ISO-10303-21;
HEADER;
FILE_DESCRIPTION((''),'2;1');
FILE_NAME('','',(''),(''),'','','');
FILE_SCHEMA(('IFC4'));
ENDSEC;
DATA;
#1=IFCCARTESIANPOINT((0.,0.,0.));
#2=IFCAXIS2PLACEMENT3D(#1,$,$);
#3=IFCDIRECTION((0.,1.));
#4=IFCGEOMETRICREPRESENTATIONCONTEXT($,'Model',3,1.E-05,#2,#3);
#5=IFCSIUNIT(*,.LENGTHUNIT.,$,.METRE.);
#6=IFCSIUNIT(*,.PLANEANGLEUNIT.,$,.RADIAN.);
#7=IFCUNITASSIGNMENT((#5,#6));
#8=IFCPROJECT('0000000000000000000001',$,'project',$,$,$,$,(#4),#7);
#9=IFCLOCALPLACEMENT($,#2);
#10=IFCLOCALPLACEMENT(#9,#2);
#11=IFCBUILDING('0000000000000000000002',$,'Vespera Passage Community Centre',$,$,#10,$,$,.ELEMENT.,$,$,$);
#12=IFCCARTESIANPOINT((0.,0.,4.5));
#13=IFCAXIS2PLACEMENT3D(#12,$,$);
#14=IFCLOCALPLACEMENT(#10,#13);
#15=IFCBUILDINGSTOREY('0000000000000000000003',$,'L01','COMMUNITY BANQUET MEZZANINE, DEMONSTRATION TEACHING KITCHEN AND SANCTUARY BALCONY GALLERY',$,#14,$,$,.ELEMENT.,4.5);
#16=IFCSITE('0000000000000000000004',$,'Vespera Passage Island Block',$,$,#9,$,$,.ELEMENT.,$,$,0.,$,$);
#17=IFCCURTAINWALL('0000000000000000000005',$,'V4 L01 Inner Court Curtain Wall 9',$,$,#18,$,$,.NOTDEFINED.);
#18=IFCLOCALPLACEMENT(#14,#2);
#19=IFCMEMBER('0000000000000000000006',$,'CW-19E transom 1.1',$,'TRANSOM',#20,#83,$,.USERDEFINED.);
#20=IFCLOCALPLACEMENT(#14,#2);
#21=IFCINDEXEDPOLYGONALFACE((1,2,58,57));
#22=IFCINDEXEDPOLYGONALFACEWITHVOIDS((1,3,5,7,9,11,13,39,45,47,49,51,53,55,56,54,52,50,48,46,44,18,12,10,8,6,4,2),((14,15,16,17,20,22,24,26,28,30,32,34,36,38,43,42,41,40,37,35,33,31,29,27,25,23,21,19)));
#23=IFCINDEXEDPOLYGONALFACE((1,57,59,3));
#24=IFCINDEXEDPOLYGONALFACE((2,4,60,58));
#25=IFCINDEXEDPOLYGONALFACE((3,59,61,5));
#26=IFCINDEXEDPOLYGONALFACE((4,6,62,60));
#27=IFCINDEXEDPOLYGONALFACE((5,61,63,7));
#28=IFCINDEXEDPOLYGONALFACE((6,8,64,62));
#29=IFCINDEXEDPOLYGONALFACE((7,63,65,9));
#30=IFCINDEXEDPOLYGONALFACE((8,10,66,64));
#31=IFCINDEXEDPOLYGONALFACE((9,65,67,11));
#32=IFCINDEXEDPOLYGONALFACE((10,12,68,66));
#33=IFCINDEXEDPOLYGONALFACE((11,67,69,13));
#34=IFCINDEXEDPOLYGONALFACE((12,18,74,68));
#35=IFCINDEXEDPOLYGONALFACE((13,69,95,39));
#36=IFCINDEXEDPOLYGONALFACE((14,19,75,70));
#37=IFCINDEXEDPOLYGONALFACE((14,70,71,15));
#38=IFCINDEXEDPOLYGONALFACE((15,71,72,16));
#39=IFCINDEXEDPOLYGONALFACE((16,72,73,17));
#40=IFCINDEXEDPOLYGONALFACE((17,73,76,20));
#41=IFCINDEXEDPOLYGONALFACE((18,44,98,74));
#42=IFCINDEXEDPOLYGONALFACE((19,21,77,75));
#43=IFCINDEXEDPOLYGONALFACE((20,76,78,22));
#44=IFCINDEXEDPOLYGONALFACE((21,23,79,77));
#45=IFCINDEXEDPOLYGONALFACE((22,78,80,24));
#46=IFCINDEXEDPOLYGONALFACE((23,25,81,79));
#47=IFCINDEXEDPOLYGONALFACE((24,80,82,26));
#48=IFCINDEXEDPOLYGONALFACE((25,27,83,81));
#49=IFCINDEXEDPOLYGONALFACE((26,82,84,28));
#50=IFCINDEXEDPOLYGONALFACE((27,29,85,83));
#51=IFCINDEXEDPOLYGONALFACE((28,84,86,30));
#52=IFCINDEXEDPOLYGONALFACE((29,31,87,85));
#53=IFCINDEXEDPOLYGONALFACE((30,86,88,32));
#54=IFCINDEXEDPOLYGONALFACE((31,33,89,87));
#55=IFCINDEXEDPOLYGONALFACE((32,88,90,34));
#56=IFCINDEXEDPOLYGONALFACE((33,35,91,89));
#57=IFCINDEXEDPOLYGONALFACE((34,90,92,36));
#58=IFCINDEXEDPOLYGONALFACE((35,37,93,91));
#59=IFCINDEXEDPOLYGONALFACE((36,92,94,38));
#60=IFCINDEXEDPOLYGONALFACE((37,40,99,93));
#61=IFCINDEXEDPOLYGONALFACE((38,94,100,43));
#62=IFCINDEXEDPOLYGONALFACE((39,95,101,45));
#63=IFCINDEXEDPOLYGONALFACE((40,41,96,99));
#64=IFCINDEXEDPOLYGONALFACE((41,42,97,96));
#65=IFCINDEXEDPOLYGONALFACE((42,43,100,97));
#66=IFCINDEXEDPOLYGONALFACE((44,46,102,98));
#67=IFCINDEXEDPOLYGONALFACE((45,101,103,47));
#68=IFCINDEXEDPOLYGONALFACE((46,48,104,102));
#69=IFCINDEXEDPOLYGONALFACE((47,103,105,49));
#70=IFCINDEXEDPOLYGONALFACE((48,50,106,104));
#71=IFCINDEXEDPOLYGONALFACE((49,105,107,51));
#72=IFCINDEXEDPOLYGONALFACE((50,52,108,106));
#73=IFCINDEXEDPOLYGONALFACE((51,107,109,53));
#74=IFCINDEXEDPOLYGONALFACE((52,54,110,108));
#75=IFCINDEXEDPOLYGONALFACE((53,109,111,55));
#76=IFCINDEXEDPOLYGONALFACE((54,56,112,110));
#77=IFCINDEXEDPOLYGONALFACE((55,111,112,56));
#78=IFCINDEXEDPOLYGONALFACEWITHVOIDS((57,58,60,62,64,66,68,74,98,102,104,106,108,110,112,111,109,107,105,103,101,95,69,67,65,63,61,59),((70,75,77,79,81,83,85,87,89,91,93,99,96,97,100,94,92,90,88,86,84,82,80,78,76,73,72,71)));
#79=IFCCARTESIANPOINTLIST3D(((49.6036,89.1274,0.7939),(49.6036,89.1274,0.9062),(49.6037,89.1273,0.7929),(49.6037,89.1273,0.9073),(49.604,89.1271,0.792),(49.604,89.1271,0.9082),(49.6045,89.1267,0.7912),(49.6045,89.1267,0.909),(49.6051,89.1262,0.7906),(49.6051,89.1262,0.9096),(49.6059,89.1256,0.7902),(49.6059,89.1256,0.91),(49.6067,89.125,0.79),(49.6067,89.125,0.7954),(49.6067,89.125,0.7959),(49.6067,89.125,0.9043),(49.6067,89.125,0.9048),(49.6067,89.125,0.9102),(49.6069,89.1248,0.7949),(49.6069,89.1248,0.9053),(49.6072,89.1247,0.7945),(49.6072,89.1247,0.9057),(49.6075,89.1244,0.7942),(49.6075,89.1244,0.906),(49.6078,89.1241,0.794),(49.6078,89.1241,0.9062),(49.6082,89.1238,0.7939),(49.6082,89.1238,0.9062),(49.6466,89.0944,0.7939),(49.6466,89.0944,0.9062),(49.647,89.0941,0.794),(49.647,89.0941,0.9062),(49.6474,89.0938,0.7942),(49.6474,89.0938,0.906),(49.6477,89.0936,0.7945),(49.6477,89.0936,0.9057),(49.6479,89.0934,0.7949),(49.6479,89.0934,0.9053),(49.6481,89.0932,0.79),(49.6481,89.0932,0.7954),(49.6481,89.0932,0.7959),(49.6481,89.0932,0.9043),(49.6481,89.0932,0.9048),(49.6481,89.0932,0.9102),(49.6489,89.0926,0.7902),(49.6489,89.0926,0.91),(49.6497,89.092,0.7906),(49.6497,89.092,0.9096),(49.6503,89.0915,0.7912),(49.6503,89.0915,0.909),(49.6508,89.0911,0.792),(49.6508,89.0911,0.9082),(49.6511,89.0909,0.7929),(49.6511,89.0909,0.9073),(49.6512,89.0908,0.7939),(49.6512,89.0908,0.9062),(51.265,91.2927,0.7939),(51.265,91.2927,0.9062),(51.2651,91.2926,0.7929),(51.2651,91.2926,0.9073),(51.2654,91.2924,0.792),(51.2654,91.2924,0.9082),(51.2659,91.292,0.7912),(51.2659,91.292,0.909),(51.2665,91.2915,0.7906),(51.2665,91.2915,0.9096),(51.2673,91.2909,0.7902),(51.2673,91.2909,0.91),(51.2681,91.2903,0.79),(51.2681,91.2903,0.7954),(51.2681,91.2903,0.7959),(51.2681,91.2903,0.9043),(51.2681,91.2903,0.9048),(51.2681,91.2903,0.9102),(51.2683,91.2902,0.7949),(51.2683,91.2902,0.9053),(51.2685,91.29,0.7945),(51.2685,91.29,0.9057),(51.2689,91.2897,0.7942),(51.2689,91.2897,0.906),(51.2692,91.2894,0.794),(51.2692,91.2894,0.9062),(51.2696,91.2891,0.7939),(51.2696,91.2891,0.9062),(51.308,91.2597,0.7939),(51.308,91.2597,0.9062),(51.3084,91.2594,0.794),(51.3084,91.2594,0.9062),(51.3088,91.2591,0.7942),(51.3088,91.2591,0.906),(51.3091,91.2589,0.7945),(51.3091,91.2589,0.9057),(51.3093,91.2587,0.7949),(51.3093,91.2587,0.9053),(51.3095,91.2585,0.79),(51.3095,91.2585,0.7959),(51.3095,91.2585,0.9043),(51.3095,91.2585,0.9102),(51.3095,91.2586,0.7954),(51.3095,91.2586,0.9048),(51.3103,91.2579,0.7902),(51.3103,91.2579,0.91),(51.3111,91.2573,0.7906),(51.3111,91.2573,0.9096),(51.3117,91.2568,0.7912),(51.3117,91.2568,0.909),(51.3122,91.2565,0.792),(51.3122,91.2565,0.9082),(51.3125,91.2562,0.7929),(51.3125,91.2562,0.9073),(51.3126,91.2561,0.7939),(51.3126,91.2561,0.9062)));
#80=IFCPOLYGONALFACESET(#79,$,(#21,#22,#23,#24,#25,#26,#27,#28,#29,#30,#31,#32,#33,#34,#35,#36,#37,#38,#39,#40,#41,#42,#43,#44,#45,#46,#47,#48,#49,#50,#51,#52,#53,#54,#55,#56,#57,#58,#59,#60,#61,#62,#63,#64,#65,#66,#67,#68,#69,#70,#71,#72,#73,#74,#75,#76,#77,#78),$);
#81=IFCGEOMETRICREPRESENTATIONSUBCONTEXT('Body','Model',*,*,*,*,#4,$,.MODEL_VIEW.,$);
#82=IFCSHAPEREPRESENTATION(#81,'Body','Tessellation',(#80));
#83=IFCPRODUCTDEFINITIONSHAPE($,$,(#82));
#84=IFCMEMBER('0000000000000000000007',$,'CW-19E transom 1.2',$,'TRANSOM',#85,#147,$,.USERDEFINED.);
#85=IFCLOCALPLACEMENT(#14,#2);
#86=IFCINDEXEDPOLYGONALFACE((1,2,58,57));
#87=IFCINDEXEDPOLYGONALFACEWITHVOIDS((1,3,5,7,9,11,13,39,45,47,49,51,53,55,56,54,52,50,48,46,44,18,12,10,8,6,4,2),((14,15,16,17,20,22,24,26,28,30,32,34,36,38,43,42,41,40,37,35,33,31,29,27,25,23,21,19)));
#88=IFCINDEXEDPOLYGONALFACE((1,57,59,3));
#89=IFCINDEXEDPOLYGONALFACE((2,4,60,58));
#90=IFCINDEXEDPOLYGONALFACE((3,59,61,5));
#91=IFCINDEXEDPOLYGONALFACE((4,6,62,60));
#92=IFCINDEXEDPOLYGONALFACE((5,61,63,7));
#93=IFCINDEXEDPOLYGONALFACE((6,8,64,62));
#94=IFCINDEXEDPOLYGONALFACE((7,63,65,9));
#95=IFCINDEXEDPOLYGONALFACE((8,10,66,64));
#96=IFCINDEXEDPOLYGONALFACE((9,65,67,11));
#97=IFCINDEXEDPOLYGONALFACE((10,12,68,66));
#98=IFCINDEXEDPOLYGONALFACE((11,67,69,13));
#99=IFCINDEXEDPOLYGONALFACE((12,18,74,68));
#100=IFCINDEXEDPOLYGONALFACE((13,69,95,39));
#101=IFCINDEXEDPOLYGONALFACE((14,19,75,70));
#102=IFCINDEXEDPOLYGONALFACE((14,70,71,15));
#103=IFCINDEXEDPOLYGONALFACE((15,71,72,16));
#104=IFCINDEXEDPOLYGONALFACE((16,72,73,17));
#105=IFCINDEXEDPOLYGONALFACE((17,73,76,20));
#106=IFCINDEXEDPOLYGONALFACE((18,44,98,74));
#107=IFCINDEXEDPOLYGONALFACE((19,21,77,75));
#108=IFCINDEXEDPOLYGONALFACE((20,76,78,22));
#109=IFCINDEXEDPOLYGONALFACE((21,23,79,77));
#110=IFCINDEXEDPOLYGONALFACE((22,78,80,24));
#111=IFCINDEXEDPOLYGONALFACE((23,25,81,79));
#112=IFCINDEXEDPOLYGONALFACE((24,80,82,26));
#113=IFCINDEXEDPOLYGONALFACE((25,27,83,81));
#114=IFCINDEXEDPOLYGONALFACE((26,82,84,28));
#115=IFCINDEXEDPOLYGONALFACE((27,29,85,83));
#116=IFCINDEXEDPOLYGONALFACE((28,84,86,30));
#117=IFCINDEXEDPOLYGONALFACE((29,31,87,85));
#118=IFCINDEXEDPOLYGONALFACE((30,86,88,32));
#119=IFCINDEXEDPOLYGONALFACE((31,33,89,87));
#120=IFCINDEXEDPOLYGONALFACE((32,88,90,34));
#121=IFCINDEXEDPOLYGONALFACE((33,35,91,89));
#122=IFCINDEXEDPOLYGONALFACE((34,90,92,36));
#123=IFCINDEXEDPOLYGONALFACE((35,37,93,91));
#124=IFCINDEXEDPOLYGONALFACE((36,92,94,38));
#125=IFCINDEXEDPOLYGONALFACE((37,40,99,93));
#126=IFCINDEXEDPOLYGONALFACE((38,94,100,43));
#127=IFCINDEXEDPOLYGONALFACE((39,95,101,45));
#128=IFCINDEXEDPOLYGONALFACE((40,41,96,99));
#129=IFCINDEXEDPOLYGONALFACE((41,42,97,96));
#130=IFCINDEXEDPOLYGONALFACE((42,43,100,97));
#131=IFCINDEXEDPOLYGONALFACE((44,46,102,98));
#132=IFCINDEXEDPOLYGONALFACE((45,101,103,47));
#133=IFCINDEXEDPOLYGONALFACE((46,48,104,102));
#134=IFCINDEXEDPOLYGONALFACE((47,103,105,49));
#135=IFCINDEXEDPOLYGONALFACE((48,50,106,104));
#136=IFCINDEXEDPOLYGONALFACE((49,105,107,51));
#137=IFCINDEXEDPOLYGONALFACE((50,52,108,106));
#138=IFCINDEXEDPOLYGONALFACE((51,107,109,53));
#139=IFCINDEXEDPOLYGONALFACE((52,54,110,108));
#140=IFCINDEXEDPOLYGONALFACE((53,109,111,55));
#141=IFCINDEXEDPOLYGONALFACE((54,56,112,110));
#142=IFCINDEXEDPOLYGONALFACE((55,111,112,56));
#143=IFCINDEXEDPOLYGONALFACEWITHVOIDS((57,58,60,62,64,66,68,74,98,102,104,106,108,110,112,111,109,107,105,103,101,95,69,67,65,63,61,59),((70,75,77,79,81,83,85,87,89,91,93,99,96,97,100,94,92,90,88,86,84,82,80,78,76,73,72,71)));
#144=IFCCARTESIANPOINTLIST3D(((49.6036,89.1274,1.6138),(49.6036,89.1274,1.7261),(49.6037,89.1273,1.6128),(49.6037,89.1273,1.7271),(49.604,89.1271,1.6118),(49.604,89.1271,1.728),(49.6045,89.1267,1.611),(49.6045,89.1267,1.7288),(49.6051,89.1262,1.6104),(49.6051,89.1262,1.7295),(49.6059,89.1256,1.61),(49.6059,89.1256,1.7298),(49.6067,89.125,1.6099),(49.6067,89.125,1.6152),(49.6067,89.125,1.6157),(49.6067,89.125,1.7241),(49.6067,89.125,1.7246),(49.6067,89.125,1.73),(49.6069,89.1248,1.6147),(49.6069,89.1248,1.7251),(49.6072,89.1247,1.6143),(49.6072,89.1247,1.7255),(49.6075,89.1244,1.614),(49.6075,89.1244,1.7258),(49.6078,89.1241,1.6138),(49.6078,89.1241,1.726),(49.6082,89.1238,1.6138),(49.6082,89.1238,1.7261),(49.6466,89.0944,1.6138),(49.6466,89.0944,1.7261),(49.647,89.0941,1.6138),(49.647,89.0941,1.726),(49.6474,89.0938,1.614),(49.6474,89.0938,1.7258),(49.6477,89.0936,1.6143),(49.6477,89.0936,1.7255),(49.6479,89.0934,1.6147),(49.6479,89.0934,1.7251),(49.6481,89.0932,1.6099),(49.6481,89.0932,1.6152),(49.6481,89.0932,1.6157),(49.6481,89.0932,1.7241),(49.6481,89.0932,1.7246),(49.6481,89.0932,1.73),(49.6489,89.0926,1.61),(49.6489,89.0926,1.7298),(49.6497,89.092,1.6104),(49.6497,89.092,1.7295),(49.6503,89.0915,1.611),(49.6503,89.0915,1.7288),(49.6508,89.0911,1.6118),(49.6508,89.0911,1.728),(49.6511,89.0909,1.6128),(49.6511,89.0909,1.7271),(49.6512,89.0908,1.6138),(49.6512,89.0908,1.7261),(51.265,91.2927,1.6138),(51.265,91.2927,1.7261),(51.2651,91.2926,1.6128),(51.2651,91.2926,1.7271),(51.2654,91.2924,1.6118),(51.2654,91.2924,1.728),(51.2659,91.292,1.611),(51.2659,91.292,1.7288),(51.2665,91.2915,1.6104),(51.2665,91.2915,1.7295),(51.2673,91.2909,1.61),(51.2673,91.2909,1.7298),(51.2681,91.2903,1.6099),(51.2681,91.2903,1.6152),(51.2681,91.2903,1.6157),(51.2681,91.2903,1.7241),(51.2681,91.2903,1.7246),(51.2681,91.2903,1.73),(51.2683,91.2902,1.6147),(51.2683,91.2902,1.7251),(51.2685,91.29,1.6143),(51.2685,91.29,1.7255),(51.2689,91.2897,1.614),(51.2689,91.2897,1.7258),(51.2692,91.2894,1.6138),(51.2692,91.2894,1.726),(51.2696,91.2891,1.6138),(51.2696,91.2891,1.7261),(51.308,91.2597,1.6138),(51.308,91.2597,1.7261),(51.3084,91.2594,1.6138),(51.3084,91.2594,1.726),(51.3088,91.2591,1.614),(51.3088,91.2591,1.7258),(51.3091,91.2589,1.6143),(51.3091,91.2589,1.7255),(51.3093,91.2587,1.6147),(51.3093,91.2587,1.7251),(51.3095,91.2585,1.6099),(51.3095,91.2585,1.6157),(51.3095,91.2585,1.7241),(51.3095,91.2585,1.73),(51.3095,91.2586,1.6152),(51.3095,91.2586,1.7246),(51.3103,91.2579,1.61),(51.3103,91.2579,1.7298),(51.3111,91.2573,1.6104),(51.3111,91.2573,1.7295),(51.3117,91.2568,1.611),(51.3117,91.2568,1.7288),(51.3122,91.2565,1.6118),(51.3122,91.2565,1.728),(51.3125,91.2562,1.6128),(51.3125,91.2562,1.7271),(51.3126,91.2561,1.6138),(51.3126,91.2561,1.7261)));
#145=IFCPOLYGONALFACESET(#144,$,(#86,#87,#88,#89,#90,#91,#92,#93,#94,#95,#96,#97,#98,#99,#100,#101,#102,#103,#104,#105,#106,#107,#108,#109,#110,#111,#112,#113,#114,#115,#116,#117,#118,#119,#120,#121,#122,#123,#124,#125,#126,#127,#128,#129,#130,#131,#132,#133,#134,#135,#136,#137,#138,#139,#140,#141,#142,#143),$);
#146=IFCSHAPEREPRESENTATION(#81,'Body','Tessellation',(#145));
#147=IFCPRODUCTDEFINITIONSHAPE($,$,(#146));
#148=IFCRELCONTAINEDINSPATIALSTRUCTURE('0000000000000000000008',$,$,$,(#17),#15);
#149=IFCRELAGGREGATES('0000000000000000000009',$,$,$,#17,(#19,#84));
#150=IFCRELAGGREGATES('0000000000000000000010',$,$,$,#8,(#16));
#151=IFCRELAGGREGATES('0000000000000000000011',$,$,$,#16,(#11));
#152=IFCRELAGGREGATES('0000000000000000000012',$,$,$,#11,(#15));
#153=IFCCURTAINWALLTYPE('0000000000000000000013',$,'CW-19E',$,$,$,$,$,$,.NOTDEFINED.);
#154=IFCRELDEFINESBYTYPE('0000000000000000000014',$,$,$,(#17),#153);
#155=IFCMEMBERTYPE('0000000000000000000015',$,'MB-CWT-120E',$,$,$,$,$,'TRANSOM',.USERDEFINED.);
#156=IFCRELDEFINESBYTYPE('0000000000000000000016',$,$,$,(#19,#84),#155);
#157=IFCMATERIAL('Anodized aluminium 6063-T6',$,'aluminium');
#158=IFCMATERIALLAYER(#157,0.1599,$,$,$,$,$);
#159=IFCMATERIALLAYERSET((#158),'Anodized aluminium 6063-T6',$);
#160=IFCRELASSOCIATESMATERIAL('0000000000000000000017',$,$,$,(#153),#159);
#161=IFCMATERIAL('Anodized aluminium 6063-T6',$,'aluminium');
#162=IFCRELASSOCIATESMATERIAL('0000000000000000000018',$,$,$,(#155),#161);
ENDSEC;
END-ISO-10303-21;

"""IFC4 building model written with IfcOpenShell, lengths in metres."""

from ifc_helpers import new_model, si_unit, direction, frame, origin, origin_2d, place, context, subcontext, project, spatial, hollow_rectangle, extrude, material, layer, layer_set, material_profile, profile_set, type_object, element, aggregate, save


model = new_model("IFC4")

# Units and contexts
model_context = context("Model", 3, precision=1e-05, world=origin(), true_north=direction((0.0, 1.0)))
body_context = subcontext(model_context, "Body", "Model", "MODEL_VIEW")
ifc_project = project(units=[si_unit("LENGTHUNIT", "METRE"), si_unit("PLANEANGLEUNIT", "RADIAN")], contexts=[model_context])

# Site, building, storey
site_placement = place(None, origin())
site = spatial("IfcSite", under=ifc_project, at=site_placement, Name="Vespera Passage Island Block", CompositionType="ELEMENT", RefElevation=0.0)
building_placement = place(site_placement, origin())
building = spatial("IfcBuilding", under=site, at=building_placement, Name="Vespera Passage Community Centre", CompositionType="ELEMENT")
storey_placement = place(building_placement, frame((0.0, 0.0, 4.5)))
storey = spatial("IfcBuildingStorey", under=building, at=storey_placement, Name="L01", Description="COMMUNITY BANQUET MEZZANINE, DEMONSTRATION TEACHING KITCHEN AND SANCTUARY BALCONY GALLERY", CompositionType="ELEMENT", Elevation=4.5)

# Curtain wall
ifc_material_1 = material(Name="Anodized aluminium 6063-T6", Category="aluminium")
ifc_layer_1 = layer(ifc_material_1, 0.1599)
ifc_layer_set_1 = layer_set([ifc_layer_1], Name="Anodized aluminium 6063-T6")
curtain_wall_type_1 = type_object("IfcCurtainWallType", Name="CW-19E", PredefinedType="NOTDEFINED", material=ifc_layer_set_1)
curtain_wall_1_placement = place(storey_placement, origin())
curtain_wall_1 = element("IfcCurtainWall", 1, at=curtain_wall_1_placement, inside=storey, type_object=curtain_wall_type_1, Name="V4 L01 Inner Court Curtain Wall 9", PredefinedType="NOTDEFINED")

# Members
ifc_material_2 = material(Name="Anodized aluminium 6063-T6", Category="aluminium")
ifc_material_profile_1 = material_profile(ifc_material_2, hollow_rectangle(XDim=0.0601, YDim=0.1201, WallThickness=0.0039, InnerFilletRadius=0.002, OuterFilletRadius=0.0039, at=origin_2d()), Name="ALU120X60X4")
ifc_profile_set_1 = profile_set([ifc_material_profile_1], Name="Anodized aluminium 6063-T6")
member_type_1 = type_object("IfcMemberType", Name="MB-CWT-120E", ElementType="TRANSOM", PredefinedType="USERDEFINED", material=ifc_profile_set_1)
member_1_placement = place(storey_placement, frame((51.2888, 91.2744, 0.8501), z_axis=(-0.608738, -0.793372, 0.0), x_axis=(0.793372, -0.608738, 0.0)))
member_1 = element("IfcMember", 2, at=member_1_placement, type_object=member_type_1, Name="CW-19E transom 1.1", ObjectType="TRANSOM", PredefinedType="USERDEFINED", context=body_context, shape_type="SweptSolid", body=[
    extrude(hollow_rectangle(XDim=0.0601, YDim=0.1201, WallThickness=0.0039, InnerFilletRadius=0.002, OuterFilletRadius=0.0039, at=origin_2d()), origin(), (0.0, 0.0, 1.0), 2.7292),
])
member_2_placement = place(storey_placement, frame((51.2888, 91.2744, 1.6699), z_axis=(-0.608738, -0.793372, 0.0), x_axis=(0.793372, -0.608738, 0.0)))
member_2 = element("IfcMember", 3, at=member_2_placement, type_object=member_type_1, Name="CW-19E transom 1.2", ObjectType="TRANSOM", PredefinedType="USERDEFINED", context=body_context, shape_type="SweptSolid", body=[
    extrude(hollow_rectangle(XDim=0.0601, YDim=0.1201, WallThickness=0.0039, InnerFilletRadius=0.002, OuterFilletRadius=0.0039, at=origin_2d()), origin(), (0.0, 0.0, 1.0), 2.7292),
])

aggregate(curtain_wall_1, [member_1, member_2])

save(model, "model.ifc")
